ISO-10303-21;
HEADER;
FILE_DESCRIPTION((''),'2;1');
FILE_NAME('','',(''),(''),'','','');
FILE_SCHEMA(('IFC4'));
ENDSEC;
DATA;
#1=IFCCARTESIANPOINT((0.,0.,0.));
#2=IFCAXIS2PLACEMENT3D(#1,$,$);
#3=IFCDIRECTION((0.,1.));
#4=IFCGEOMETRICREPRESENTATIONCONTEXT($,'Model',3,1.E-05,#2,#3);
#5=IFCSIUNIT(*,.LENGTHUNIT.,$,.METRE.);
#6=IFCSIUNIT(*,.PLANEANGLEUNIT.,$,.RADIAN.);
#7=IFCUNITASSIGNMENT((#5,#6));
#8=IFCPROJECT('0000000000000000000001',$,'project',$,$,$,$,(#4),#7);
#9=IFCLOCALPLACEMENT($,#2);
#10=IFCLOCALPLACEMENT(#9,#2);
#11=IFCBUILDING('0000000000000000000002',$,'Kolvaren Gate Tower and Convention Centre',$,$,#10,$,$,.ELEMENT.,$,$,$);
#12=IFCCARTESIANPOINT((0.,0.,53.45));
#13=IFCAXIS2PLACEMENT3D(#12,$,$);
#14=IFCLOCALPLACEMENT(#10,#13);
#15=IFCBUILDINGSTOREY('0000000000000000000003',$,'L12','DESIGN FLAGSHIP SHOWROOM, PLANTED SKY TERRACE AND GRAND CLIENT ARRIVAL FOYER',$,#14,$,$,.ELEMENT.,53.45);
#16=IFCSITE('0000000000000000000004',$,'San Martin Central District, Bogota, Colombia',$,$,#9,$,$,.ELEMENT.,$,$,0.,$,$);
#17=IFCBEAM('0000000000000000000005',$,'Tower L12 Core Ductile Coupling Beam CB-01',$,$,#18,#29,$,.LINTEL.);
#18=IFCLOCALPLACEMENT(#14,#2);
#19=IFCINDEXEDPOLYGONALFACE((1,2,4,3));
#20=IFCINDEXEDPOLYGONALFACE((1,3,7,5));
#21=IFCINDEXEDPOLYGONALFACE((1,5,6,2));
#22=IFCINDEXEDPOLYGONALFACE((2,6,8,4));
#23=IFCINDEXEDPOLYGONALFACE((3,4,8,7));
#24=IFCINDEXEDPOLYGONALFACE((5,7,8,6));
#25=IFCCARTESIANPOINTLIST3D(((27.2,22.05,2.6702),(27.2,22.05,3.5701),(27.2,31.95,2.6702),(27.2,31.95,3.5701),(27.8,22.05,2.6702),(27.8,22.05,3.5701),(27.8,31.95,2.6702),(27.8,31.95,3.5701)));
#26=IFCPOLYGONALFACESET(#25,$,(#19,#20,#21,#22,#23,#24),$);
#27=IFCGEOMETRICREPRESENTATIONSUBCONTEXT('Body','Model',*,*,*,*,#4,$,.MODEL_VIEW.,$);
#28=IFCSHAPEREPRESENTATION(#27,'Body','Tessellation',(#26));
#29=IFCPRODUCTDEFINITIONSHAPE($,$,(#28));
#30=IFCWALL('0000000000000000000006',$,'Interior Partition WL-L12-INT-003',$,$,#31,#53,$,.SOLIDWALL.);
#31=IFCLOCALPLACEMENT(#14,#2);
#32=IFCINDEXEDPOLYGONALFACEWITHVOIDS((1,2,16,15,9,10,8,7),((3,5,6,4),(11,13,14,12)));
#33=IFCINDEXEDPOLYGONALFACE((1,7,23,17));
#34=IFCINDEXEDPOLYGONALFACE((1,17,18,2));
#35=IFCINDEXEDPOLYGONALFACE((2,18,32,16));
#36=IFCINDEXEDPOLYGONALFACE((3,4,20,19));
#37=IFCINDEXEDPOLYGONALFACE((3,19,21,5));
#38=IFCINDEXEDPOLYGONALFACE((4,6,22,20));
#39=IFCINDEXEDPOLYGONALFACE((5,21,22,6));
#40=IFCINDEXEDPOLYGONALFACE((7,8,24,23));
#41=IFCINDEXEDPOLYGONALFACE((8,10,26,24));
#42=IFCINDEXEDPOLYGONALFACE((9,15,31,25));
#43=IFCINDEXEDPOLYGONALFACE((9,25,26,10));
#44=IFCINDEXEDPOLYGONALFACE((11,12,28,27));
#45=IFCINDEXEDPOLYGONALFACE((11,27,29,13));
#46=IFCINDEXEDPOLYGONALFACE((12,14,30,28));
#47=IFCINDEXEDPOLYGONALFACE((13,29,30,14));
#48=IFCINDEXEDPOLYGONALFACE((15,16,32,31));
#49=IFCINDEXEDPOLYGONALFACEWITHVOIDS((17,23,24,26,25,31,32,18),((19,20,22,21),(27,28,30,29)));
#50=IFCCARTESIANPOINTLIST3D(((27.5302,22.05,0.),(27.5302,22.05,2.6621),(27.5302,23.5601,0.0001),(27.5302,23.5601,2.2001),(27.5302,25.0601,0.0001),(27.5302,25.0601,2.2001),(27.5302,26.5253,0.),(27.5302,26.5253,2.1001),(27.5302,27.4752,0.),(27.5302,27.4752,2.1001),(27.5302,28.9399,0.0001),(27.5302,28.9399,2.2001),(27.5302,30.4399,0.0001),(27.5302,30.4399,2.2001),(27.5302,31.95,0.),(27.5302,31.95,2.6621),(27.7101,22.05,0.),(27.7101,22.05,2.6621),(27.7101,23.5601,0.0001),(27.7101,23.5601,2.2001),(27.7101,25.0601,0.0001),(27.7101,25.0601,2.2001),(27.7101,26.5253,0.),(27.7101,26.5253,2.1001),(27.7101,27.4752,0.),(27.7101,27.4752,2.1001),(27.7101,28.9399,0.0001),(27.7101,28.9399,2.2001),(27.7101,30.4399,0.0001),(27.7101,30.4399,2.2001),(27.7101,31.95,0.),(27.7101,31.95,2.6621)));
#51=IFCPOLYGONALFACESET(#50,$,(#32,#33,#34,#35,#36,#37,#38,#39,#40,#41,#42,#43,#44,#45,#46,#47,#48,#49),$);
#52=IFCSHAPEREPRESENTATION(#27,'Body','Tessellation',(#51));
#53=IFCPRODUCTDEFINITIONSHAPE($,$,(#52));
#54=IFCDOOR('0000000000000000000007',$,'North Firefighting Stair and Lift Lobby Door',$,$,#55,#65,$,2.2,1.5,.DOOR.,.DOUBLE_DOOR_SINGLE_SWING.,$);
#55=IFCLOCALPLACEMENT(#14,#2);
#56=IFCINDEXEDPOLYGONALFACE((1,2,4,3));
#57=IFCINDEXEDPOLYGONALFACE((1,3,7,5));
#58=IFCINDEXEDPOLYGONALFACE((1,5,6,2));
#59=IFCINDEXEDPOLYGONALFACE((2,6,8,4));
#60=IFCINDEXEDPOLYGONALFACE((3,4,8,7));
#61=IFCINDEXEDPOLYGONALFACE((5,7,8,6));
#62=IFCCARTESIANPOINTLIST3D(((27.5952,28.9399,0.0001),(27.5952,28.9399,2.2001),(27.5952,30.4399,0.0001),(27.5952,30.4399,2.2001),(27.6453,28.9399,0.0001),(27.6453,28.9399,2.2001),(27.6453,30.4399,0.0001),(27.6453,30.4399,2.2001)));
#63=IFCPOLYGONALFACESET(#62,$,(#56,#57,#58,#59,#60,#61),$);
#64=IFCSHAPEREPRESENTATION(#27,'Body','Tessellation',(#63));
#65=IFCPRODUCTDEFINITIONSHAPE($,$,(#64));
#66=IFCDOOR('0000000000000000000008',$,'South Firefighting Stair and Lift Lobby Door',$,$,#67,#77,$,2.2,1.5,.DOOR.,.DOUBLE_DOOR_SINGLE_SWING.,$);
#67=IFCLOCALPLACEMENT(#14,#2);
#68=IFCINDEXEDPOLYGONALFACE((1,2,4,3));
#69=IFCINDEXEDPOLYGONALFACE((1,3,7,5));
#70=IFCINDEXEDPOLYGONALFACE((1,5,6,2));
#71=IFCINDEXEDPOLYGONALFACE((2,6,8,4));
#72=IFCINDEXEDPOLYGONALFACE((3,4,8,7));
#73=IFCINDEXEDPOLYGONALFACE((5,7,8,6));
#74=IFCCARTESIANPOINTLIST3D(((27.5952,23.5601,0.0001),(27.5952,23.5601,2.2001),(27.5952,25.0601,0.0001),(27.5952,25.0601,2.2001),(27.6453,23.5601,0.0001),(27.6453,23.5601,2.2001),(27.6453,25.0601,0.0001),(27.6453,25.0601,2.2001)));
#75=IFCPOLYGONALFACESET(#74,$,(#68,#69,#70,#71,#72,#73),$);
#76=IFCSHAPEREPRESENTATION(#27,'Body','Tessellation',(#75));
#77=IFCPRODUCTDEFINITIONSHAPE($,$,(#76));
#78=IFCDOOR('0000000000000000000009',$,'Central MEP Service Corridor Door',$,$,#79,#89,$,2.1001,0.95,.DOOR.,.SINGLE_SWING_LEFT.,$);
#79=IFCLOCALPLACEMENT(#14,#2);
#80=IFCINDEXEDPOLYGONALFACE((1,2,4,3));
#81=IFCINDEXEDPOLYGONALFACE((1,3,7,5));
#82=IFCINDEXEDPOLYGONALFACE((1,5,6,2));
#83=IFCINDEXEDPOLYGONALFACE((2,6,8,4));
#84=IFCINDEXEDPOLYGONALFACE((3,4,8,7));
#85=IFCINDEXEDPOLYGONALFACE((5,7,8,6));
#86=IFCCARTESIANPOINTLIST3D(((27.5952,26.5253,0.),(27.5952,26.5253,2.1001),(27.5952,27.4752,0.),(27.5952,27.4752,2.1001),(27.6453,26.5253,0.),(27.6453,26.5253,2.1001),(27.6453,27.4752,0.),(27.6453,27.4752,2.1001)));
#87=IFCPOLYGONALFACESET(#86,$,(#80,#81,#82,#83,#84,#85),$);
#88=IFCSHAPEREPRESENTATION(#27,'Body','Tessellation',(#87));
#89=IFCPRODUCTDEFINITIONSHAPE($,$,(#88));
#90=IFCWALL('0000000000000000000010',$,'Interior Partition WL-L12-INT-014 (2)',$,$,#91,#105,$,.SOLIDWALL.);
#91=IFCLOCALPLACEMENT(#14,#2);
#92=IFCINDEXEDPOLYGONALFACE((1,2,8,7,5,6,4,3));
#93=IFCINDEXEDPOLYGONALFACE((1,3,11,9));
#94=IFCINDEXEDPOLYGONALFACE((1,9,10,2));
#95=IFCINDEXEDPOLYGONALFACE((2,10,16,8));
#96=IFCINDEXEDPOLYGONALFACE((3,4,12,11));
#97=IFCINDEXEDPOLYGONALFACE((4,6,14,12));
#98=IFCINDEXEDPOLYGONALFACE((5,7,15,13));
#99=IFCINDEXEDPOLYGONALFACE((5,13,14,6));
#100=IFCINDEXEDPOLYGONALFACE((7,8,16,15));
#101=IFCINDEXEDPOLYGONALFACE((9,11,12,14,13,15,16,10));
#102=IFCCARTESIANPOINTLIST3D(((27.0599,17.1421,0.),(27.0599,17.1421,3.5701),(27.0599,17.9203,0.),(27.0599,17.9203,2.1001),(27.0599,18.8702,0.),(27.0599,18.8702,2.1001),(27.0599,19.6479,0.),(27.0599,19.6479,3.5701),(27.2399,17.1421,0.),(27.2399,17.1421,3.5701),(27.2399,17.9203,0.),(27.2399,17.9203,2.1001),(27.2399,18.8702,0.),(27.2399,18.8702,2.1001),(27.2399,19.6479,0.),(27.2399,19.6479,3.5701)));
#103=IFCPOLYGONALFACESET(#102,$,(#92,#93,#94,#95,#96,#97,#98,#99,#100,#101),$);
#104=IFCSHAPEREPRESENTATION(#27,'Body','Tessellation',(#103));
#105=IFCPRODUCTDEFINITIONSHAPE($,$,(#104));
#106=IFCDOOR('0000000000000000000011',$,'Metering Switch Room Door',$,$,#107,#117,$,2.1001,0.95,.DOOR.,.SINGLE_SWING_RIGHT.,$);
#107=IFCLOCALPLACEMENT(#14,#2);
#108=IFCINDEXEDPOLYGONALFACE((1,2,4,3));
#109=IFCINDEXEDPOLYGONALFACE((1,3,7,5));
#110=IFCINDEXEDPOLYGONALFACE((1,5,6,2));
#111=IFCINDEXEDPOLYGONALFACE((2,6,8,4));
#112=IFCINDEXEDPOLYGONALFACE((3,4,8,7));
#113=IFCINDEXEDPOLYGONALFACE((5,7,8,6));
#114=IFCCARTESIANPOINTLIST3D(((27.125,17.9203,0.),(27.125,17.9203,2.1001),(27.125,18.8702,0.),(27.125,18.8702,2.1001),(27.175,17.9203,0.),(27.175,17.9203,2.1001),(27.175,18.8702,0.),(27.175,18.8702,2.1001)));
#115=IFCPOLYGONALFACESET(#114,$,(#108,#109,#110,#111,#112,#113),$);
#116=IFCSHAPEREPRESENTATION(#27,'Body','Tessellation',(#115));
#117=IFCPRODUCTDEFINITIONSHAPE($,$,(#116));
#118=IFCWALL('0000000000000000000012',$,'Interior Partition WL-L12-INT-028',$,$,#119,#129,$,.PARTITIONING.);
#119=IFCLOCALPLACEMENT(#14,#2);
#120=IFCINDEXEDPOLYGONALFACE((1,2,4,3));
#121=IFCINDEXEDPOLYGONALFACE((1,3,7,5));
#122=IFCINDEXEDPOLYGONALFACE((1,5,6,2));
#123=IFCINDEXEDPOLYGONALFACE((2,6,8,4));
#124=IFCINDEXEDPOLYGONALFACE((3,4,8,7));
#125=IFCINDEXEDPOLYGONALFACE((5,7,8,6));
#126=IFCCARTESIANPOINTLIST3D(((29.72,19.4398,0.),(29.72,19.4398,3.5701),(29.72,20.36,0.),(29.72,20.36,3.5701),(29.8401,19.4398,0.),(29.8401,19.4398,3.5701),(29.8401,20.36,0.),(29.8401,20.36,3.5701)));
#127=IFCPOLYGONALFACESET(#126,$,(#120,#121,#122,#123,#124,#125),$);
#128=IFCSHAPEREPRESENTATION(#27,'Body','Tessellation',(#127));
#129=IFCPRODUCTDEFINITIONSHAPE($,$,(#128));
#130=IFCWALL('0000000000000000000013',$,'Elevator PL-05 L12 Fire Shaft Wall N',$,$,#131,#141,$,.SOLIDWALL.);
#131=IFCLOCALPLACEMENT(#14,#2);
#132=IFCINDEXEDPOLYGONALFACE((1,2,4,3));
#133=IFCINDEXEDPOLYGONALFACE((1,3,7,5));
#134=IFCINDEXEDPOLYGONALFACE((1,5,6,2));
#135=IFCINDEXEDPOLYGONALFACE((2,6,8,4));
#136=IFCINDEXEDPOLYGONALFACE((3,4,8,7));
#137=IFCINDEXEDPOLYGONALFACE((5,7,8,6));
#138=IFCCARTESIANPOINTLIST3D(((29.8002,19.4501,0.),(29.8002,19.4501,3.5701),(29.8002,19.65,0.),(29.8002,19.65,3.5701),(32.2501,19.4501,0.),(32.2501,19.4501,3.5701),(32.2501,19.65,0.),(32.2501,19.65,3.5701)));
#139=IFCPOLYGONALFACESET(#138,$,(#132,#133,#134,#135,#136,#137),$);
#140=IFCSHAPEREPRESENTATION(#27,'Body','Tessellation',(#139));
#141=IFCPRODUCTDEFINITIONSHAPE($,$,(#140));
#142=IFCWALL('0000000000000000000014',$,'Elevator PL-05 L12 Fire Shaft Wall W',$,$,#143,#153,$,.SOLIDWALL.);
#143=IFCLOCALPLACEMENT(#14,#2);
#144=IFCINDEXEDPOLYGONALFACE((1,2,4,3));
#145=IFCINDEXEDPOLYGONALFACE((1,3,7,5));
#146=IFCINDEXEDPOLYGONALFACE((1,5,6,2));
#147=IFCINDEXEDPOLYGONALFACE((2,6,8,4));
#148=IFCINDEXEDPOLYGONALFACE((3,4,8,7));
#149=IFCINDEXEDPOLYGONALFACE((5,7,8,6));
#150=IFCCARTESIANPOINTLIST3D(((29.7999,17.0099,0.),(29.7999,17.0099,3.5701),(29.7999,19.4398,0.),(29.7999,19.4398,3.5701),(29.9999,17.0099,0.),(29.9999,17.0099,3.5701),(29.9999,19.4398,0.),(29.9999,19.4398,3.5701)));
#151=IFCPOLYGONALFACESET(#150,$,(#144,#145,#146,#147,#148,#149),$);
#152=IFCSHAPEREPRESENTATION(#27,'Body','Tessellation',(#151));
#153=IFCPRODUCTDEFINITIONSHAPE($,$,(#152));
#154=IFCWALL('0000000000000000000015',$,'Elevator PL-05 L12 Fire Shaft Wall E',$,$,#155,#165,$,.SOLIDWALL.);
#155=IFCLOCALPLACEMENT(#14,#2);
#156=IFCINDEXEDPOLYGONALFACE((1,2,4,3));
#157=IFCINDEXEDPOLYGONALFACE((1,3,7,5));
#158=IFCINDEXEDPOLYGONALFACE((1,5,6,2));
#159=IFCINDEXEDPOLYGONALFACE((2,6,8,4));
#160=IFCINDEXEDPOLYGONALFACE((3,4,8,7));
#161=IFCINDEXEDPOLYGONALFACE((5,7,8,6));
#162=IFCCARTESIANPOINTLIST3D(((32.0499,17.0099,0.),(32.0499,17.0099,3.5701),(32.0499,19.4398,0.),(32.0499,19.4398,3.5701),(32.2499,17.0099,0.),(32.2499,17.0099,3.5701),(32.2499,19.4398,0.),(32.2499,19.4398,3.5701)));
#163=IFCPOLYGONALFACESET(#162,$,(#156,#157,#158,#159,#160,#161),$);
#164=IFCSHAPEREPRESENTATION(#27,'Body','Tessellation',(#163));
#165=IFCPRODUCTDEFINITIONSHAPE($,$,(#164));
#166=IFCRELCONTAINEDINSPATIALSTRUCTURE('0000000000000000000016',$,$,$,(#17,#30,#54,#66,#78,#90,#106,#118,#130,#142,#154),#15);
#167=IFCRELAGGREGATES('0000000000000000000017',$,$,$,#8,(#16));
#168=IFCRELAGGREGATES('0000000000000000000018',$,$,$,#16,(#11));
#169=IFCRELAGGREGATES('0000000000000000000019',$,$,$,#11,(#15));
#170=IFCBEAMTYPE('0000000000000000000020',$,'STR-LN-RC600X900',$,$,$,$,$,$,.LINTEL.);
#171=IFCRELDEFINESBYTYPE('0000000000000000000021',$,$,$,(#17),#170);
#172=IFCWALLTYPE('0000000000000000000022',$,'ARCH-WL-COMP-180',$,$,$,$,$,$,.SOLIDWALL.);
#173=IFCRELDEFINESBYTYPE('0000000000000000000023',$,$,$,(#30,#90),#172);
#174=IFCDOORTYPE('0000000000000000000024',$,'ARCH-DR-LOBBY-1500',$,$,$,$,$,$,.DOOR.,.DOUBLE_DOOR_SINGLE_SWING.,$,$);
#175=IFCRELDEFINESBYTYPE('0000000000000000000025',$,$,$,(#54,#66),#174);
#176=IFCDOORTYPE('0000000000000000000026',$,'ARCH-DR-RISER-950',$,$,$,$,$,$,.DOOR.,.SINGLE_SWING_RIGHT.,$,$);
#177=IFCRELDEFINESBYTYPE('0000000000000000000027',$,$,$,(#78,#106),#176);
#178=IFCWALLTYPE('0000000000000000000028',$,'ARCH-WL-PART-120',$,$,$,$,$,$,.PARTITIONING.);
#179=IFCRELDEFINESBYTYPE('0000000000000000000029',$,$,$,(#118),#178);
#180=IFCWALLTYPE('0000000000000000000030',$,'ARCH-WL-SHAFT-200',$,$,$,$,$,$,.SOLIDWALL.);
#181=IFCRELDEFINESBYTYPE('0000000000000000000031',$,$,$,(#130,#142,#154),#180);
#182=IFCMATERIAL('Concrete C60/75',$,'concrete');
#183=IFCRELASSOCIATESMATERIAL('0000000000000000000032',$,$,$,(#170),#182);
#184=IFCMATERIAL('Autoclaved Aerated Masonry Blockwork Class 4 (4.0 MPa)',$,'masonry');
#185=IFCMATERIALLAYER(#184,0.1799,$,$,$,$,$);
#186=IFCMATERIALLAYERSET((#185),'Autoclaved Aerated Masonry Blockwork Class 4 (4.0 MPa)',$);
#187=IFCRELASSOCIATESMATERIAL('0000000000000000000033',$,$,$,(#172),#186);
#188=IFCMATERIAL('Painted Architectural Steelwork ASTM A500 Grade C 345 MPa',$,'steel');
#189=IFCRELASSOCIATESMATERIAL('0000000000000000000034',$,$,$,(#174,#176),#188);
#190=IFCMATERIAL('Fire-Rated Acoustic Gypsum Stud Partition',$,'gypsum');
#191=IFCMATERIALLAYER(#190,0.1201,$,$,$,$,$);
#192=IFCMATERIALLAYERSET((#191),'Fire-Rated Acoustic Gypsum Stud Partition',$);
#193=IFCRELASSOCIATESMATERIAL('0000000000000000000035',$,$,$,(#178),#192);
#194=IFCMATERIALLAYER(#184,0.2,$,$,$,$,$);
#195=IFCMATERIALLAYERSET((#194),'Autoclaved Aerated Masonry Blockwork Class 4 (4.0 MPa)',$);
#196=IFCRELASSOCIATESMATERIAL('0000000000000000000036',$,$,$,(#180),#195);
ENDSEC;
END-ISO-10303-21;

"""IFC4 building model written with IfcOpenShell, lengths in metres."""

from ifc_helpers import new_model, si_unit, direction, frame, frame_2d, origin, origin_2d, place, context, subcontext, project, spatial, rectangle, extrude, material, layer, layer_set, material_profile, profile_set, type_object, element, fill, save


model = new_model("IFC4")

# Units and contexts
model_context = context("Model", 3, precision=1e-05, world=origin(), true_north=direction((0.0, 1.0)))
body_context = subcontext(model_context, "Body", "Model", "MODEL_VIEW")
ifc_project = project(units=[si_unit("LENGTHUNIT", "METRE"), si_unit("PLANEANGLEUNIT", "RADIAN")], contexts=[model_context])

# Site, building, storey
site_placement = place(None, origin())
site = spatial("IfcSite", under=ifc_project, at=site_placement, Name="San Martin Central District, Bogota, Colombia", CompositionType="ELEMENT", RefElevation=0.0)
building_placement = place(site_placement, origin())
building = spatial("IfcBuilding", under=site, at=building_placement, Name="Kolvaren Gate Tower and Convention Centre", CompositionType="ELEMENT")
storey_placement = place(building_placement, frame((0.0, 0.0, 53.45)))
storey = spatial("IfcBuildingStorey", under=building, at=storey_placement, Name="L12", Description="DESIGN FLAGSHIP SHOWROOM, PLANTED SKY TERRACE AND GRAND CLIENT ARRIVAL FOYER", CompositionType="ELEMENT", Elevation=53.45)

# Beam
ifc_material_1 = material(Name="Concrete C60/75", Category="concrete")
ifc_material_profile = material_profile(ifc_material_1, rectangle(XDim=0.6001, YDim=0.8999, at=origin_2d()), Name="RC-BM-600X900")
ifc_profile_set = profile_set([ifc_material_profile], Name="Concrete C60/75")
beam_type = type_object("IfcBeamType", Name="STR-LN-RC600X900", PredefinedType="LINTEL", material=ifc_profile_set)
beam_placement = place(storey_placement, frame((27.5, 22.05, 3.1201), z_axis=(0.0, 1.0, 0.0), x_axis=(-1.0, 0.0, 0.0)))
element("IfcBeam", 1, at=beam_placement, inside=storey, type_object=beam_type, Name="Tower L12 Core Ductile Coupling Beam CB-01", PredefinedType="LINTEL", context=body_context, shape_type="SweptSolid", body=[
    extrude(rectangle(XDim=0.6001, YDim=0.8999, at=origin_2d()), origin(), (0.0, 0.0, 1.0), 9.8999),
])

# Wall, openings, doors
ifc_material_2 = material(Name="Autoclaved Aerated Masonry Blockwork Class 4 (4.0 MPa)", Category="masonry")
ifc_layer_1 = layer(ifc_material_2, 0.1799)
ifc_layer_set_1 = layer_set([ifc_layer_1], Name="Autoclaved Aerated Masonry Blockwork Class 4 (4.0 MPa)")
wall_type_1 = type_object("IfcWallType", Name="ARCH-WL-COMP-180", PredefinedType="SOLIDWALL", material=ifc_layer_set_1)
wall_1_placement = place(storey_placement, frame((27.6201, 22.05, 0.0), z_axis=(0.0, 0.0, 1.0), x_axis=(0.0, 1.0, 0.0)))
wall_1 = element("IfcWall", 2, at=wall_1_placement, inside=storey, type_object=wall_type_1, Name="Interior Partition WL-L12-INT-003", PredefinedType="SOLIDWALL", context=body_context, shape_type="SweptSolid", body=[
    extrude(rectangle(XDim=9.8999, YDim=0.1799, at=frame_2d((4.95, 0.0))), origin(), (0.0, 0.0, 1.0), 2.6621),
])
opening_1_placement = place(wall_1_placement, frame((4.4751, 0.0, 0.0)))
opening_1 = element("IfcOpeningElement", 3, at=opening_1_placement, cuts=wall_1, PredefinedType="OPENING", context=body_context, shape_type="SweptSolid", body=[
    extrude(rectangle(XDim=0.95, YDim=2.1001, at=frame_2d((0.4751, 1.05))), frame((0.0, 0.0999, 0.0), z_axis=(0.0, -1.0, 0.0), x_axis=(1.0, 0.0, 0.0)), (0.0, 0.0, 1.0), 0.2),
])
opening_2_placement = place(wall_1_placement, frame((6.8899, 0.0, 0.0)))
opening_2 = element("IfcOpeningElement", 4, at=opening_2_placement, cuts=wall_1, PredefinedType="OPENING", context=body_context, shape_type="SweptSolid", body=[
    extrude(rectangle(XDim=1.5, YDim=2.2, at=frame_2d((0.75, 1.1001))), frame((0.0, 0.0999, 0.0), z_axis=(0.0, -1.0, 0.0), x_axis=(1.0, 0.0, 0.0)), (0.0, 0.0, 1.0), 0.2),
])
opening_3_placement = place(wall_1_placement, frame((1.51, 0.0, 0.0)))
opening_3 = element("IfcOpeningElement", 5, at=opening_3_placement, cuts=wall_1, PredefinedType="OPENING", context=body_context, shape_type="SweptSolid", body=[
    extrude(rectangle(XDim=1.5, YDim=2.2, at=frame_2d((0.75, 1.1001))), frame((0.0, 0.0999, 0.0), z_axis=(0.0, -1.0, 0.0), x_axis=(1.0, 0.0, 0.0)), (0.0, 0.0, 1.0), 0.2),
])
ifc_material_3 = material(Name="Painted Architectural Steelwork ASTM A500 Grade C 345 MPa", Category="steel")
door_type_1 = type_object("IfcDoorType", Name="ARCH-DR-LOBBY-1500", OperationType="DOUBLE_DOOR_SINGLE_SWING", PredefinedType="DOOR", material=ifc_material_3)
door_1_placement = place(opening_2_placement, origin())
door_1 = element("IfcDoor", 6, at=door_1_placement, inside=storey, type_object=door_type_1, Name="North Firefighting Stair and Lift Lobby Door", OperationType="DOUBLE_DOOR_SINGLE_SWING", OverallHeight=2.2, OverallWidth=1.5, PredefinedType="DOOR", context=body_context, shape_type="SweptSolid", body=[
    extrude(rectangle(XDim=1.5, YDim=2.2, at=frame_2d((0.75, 1.1001))), frame((0.0, 0.0249, 0.0), z_axis=(0.0, -1.0, 0.0), x_axis=(1.0, 0.0, 0.0)), (0.0, 0.0, 1.0), 0.05),
])
fill(opening_2, door_1)
door_2_placement = place(opening_3_placement, origin())
door_2 = element("IfcDoor", 7, at=door_2_placement, inside=storey, type_object=door_type_1, Name="South Firefighting Stair and Lift Lobby Door", OperationType="DOUBLE_DOOR_SINGLE_SWING", OverallHeight=2.2, OverallWidth=1.5, PredefinedType="DOOR", context=body_context, shape_type="SweptSolid", body=[
    extrude(rectangle(XDim=1.5, YDim=2.2, at=frame_2d((0.75, 1.1001))), frame((0.0, 0.0249, 0.0), z_axis=(0.0, -1.0, 0.0), x_axis=(1.0, 0.0, 0.0)), (0.0, 0.0, 1.0), 0.05),
])
fill(opening_3, door_2)
door_type_2 = type_object("IfcDoorType", Name="ARCH-DR-RISER-950", OperationType="SINGLE_SWING_RIGHT", PredefinedType="DOOR", material=ifc_material_3)
door_3_placement = place(opening_1_placement, origin())
door_3 = element("IfcDoor", 8, at=door_3_placement, inside=storey, type_object=door_type_2, Name="Central MEP Service Corridor Door", OperationType="SINGLE_SWING_LEFT", OverallHeight=2.1001, OverallWidth=0.95, PredefinedType="DOOR", context=body_context, shape_type="SweptSolid", body=[
    extrude(rectangle(XDim=0.95, YDim=2.1001, at=frame_2d((0.4751, 1.05))), frame((0.0, 0.0249, 0.0), z_axis=(0.0, -1.0, 0.0), x_axis=(1.0, 0.0, 0.0)), (0.0, 0.0, 1.0), 0.05),
])
fill(opening_1, door_3)

# Wall, opening, door
wall_2_placement = place(storey_placement, frame((27.1499, 17.1421, 0.0), z_axis=(0.0, 0.0, 1.0), x_axis=(0.0, 1.0, 0.0)))
wall_2 = element("IfcWall", 9, at=wall_2_placement, inside=storey, type_object=wall_type_1, Name="Interior Partition WL-L12-INT-014 (2)", PredefinedType="SOLIDWALL", context=body_context, shape_type="SweptSolid", body=[
    extrude(rectangle(XDim=2.5059, YDim=0.1799, at=frame_2d((1.2529, 0.0))), origin(), (0.0, 0.0, 1.0), 3.5701),
])
opening_4_placement = place(wall_2_placement, frame((0.7781, 0.0, 0.0)))
opening_4 = element("IfcOpeningElement", 10, at=opening_4_placement, cuts=wall_2, PredefinedType="OPENING", context=body_context, shape_type="SweptSolid", body=[
    extrude(rectangle(XDim=0.95, YDim=2.1001, at=frame_2d((0.4751, 1.05))), frame((0.0, 0.0999, 0.0), z_axis=(0.0, -1.0, 0.0), x_axis=(1.0, 0.0, 0.0)), (0.0, 0.0, 1.0), 0.2),
])
door_4_placement = place(opening_4_placement, origin())
door_4 = element("IfcDoor", 11, at=door_4_placement, inside=storey, type_object=door_type_2, Name="Metering Switch Room Door", OperationType="SINGLE_SWING_RIGHT", OverallHeight=2.1001, OverallWidth=0.95, PredefinedType="DOOR", context=body_context, shape_type="SweptSolid", body=[
    extrude(rectangle(XDim=0.95, YDim=2.1001, at=frame_2d((0.4751, 1.05))), frame((0.0, 0.0249, 0.0), z_axis=(0.0, -1.0, 0.0), x_axis=(1.0, 0.0, 0.0)), (0.0, 0.0, 1.0), 0.05),
])
fill(opening_4, door_4)

# Walls
ifc_material_4 = material(Name="Fire-Rated Acoustic Gypsum Stud Partition", Category="gypsum")
ifc_layer_2 = layer(ifc_material_4, 0.1201)
ifc_layer_set_2 = layer_set([ifc_layer_2], Name="Fire-Rated Acoustic Gypsum Stud Partition")
wall_type_2 = type_object("IfcWallType", Name="ARCH-WL-PART-120", PredefinedType="PARTITIONING", material=ifc_layer_set_2)
wall_3_placement = place(storey_placement, frame((29.78, 19.4399, 0.0), z_axis=(0.0, 0.0, 1.0), x_axis=(0.0, 1.0, 0.0)))
element("IfcWall", 12, at=wall_3_placement, inside=storey, type_object=wall_type_2, Name="Interior Partition WL-L12-INT-028", PredefinedType="PARTITIONING", context=body_context, shape_type="SweptSolid", body=[
    extrude(rectangle(XDim=0.9202, YDim=0.1201, at=frame_2d((0.46, 0.0))), origin(), (0.0, 0.0, 1.0), 3.5701),
])
ifc_layer_3 = layer(ifc_material_2, 0.2)
ifc_layer_set_3 = layer_set([ifc_layer_3], Name="Autoclaved Aerated Masonry Blockwork Class 4 (4.0 MPa)")
wall_type_3 = type_object("IfcWallType", Name="ARCH-WL-SHAFT-200", PredefinedType="SOLIDWALL", material=ifc_layer_set_3)
wall_4_placement = place(storey_placement, frame((29.8, 19.55, 0.0), z_axis=(0.0, 0.0, 1.0), x_axis=(1.0, 0.0, 0.0)))
element("IfcWall", 13, at=wall_4_placement, inside=storey, type_object=wall_type_3, Name="Elevator PL-05 L12 Fire Shaft Wall N", PredefinedType="SOLIDWALL", context=body_context, shape_type="SweptSolid", body=[
    extrude(rectangle(XDim=2.45, YDim=0.2, at=frame_2d((1.2251, 0.0))), origin(), (0.0, 0.0, 1.0), 3.5701),
])
for number, where, z_axis, x_axis, name in (
    (14, (29.8999, 17.01, 0.0), (0.0, 0.0, 1.0), (0.0, 1.0, 0.0), "Elevator PL-05 L12 Fire Shaft Wall W"),
    (15, (32.1499, 17.01, 0.0), (0.0, 0.0, 1.0), (0.0, 1.0, 0.0), "Elevator PL-05 L12 Fire Shaft Wall E"),
):
    element("IfcWall", number, at=place(storey_placement, frame(where, z_axis=z_axis, x_axis=x_axis)), inside=storey, type_object=wall_type_3, Name=name, PredefinedType="SOLIDWALL", context=body_context, shape_type="SweptSolid", body=[
        extrude(rectangle(XDim=2.4299, YDim=0.2, at=frame_2d((1.2148, 0.0))), origin(), (0.0, 0.0, 1.0), 3.5701),
    ])

save(model, "model.ifc")
